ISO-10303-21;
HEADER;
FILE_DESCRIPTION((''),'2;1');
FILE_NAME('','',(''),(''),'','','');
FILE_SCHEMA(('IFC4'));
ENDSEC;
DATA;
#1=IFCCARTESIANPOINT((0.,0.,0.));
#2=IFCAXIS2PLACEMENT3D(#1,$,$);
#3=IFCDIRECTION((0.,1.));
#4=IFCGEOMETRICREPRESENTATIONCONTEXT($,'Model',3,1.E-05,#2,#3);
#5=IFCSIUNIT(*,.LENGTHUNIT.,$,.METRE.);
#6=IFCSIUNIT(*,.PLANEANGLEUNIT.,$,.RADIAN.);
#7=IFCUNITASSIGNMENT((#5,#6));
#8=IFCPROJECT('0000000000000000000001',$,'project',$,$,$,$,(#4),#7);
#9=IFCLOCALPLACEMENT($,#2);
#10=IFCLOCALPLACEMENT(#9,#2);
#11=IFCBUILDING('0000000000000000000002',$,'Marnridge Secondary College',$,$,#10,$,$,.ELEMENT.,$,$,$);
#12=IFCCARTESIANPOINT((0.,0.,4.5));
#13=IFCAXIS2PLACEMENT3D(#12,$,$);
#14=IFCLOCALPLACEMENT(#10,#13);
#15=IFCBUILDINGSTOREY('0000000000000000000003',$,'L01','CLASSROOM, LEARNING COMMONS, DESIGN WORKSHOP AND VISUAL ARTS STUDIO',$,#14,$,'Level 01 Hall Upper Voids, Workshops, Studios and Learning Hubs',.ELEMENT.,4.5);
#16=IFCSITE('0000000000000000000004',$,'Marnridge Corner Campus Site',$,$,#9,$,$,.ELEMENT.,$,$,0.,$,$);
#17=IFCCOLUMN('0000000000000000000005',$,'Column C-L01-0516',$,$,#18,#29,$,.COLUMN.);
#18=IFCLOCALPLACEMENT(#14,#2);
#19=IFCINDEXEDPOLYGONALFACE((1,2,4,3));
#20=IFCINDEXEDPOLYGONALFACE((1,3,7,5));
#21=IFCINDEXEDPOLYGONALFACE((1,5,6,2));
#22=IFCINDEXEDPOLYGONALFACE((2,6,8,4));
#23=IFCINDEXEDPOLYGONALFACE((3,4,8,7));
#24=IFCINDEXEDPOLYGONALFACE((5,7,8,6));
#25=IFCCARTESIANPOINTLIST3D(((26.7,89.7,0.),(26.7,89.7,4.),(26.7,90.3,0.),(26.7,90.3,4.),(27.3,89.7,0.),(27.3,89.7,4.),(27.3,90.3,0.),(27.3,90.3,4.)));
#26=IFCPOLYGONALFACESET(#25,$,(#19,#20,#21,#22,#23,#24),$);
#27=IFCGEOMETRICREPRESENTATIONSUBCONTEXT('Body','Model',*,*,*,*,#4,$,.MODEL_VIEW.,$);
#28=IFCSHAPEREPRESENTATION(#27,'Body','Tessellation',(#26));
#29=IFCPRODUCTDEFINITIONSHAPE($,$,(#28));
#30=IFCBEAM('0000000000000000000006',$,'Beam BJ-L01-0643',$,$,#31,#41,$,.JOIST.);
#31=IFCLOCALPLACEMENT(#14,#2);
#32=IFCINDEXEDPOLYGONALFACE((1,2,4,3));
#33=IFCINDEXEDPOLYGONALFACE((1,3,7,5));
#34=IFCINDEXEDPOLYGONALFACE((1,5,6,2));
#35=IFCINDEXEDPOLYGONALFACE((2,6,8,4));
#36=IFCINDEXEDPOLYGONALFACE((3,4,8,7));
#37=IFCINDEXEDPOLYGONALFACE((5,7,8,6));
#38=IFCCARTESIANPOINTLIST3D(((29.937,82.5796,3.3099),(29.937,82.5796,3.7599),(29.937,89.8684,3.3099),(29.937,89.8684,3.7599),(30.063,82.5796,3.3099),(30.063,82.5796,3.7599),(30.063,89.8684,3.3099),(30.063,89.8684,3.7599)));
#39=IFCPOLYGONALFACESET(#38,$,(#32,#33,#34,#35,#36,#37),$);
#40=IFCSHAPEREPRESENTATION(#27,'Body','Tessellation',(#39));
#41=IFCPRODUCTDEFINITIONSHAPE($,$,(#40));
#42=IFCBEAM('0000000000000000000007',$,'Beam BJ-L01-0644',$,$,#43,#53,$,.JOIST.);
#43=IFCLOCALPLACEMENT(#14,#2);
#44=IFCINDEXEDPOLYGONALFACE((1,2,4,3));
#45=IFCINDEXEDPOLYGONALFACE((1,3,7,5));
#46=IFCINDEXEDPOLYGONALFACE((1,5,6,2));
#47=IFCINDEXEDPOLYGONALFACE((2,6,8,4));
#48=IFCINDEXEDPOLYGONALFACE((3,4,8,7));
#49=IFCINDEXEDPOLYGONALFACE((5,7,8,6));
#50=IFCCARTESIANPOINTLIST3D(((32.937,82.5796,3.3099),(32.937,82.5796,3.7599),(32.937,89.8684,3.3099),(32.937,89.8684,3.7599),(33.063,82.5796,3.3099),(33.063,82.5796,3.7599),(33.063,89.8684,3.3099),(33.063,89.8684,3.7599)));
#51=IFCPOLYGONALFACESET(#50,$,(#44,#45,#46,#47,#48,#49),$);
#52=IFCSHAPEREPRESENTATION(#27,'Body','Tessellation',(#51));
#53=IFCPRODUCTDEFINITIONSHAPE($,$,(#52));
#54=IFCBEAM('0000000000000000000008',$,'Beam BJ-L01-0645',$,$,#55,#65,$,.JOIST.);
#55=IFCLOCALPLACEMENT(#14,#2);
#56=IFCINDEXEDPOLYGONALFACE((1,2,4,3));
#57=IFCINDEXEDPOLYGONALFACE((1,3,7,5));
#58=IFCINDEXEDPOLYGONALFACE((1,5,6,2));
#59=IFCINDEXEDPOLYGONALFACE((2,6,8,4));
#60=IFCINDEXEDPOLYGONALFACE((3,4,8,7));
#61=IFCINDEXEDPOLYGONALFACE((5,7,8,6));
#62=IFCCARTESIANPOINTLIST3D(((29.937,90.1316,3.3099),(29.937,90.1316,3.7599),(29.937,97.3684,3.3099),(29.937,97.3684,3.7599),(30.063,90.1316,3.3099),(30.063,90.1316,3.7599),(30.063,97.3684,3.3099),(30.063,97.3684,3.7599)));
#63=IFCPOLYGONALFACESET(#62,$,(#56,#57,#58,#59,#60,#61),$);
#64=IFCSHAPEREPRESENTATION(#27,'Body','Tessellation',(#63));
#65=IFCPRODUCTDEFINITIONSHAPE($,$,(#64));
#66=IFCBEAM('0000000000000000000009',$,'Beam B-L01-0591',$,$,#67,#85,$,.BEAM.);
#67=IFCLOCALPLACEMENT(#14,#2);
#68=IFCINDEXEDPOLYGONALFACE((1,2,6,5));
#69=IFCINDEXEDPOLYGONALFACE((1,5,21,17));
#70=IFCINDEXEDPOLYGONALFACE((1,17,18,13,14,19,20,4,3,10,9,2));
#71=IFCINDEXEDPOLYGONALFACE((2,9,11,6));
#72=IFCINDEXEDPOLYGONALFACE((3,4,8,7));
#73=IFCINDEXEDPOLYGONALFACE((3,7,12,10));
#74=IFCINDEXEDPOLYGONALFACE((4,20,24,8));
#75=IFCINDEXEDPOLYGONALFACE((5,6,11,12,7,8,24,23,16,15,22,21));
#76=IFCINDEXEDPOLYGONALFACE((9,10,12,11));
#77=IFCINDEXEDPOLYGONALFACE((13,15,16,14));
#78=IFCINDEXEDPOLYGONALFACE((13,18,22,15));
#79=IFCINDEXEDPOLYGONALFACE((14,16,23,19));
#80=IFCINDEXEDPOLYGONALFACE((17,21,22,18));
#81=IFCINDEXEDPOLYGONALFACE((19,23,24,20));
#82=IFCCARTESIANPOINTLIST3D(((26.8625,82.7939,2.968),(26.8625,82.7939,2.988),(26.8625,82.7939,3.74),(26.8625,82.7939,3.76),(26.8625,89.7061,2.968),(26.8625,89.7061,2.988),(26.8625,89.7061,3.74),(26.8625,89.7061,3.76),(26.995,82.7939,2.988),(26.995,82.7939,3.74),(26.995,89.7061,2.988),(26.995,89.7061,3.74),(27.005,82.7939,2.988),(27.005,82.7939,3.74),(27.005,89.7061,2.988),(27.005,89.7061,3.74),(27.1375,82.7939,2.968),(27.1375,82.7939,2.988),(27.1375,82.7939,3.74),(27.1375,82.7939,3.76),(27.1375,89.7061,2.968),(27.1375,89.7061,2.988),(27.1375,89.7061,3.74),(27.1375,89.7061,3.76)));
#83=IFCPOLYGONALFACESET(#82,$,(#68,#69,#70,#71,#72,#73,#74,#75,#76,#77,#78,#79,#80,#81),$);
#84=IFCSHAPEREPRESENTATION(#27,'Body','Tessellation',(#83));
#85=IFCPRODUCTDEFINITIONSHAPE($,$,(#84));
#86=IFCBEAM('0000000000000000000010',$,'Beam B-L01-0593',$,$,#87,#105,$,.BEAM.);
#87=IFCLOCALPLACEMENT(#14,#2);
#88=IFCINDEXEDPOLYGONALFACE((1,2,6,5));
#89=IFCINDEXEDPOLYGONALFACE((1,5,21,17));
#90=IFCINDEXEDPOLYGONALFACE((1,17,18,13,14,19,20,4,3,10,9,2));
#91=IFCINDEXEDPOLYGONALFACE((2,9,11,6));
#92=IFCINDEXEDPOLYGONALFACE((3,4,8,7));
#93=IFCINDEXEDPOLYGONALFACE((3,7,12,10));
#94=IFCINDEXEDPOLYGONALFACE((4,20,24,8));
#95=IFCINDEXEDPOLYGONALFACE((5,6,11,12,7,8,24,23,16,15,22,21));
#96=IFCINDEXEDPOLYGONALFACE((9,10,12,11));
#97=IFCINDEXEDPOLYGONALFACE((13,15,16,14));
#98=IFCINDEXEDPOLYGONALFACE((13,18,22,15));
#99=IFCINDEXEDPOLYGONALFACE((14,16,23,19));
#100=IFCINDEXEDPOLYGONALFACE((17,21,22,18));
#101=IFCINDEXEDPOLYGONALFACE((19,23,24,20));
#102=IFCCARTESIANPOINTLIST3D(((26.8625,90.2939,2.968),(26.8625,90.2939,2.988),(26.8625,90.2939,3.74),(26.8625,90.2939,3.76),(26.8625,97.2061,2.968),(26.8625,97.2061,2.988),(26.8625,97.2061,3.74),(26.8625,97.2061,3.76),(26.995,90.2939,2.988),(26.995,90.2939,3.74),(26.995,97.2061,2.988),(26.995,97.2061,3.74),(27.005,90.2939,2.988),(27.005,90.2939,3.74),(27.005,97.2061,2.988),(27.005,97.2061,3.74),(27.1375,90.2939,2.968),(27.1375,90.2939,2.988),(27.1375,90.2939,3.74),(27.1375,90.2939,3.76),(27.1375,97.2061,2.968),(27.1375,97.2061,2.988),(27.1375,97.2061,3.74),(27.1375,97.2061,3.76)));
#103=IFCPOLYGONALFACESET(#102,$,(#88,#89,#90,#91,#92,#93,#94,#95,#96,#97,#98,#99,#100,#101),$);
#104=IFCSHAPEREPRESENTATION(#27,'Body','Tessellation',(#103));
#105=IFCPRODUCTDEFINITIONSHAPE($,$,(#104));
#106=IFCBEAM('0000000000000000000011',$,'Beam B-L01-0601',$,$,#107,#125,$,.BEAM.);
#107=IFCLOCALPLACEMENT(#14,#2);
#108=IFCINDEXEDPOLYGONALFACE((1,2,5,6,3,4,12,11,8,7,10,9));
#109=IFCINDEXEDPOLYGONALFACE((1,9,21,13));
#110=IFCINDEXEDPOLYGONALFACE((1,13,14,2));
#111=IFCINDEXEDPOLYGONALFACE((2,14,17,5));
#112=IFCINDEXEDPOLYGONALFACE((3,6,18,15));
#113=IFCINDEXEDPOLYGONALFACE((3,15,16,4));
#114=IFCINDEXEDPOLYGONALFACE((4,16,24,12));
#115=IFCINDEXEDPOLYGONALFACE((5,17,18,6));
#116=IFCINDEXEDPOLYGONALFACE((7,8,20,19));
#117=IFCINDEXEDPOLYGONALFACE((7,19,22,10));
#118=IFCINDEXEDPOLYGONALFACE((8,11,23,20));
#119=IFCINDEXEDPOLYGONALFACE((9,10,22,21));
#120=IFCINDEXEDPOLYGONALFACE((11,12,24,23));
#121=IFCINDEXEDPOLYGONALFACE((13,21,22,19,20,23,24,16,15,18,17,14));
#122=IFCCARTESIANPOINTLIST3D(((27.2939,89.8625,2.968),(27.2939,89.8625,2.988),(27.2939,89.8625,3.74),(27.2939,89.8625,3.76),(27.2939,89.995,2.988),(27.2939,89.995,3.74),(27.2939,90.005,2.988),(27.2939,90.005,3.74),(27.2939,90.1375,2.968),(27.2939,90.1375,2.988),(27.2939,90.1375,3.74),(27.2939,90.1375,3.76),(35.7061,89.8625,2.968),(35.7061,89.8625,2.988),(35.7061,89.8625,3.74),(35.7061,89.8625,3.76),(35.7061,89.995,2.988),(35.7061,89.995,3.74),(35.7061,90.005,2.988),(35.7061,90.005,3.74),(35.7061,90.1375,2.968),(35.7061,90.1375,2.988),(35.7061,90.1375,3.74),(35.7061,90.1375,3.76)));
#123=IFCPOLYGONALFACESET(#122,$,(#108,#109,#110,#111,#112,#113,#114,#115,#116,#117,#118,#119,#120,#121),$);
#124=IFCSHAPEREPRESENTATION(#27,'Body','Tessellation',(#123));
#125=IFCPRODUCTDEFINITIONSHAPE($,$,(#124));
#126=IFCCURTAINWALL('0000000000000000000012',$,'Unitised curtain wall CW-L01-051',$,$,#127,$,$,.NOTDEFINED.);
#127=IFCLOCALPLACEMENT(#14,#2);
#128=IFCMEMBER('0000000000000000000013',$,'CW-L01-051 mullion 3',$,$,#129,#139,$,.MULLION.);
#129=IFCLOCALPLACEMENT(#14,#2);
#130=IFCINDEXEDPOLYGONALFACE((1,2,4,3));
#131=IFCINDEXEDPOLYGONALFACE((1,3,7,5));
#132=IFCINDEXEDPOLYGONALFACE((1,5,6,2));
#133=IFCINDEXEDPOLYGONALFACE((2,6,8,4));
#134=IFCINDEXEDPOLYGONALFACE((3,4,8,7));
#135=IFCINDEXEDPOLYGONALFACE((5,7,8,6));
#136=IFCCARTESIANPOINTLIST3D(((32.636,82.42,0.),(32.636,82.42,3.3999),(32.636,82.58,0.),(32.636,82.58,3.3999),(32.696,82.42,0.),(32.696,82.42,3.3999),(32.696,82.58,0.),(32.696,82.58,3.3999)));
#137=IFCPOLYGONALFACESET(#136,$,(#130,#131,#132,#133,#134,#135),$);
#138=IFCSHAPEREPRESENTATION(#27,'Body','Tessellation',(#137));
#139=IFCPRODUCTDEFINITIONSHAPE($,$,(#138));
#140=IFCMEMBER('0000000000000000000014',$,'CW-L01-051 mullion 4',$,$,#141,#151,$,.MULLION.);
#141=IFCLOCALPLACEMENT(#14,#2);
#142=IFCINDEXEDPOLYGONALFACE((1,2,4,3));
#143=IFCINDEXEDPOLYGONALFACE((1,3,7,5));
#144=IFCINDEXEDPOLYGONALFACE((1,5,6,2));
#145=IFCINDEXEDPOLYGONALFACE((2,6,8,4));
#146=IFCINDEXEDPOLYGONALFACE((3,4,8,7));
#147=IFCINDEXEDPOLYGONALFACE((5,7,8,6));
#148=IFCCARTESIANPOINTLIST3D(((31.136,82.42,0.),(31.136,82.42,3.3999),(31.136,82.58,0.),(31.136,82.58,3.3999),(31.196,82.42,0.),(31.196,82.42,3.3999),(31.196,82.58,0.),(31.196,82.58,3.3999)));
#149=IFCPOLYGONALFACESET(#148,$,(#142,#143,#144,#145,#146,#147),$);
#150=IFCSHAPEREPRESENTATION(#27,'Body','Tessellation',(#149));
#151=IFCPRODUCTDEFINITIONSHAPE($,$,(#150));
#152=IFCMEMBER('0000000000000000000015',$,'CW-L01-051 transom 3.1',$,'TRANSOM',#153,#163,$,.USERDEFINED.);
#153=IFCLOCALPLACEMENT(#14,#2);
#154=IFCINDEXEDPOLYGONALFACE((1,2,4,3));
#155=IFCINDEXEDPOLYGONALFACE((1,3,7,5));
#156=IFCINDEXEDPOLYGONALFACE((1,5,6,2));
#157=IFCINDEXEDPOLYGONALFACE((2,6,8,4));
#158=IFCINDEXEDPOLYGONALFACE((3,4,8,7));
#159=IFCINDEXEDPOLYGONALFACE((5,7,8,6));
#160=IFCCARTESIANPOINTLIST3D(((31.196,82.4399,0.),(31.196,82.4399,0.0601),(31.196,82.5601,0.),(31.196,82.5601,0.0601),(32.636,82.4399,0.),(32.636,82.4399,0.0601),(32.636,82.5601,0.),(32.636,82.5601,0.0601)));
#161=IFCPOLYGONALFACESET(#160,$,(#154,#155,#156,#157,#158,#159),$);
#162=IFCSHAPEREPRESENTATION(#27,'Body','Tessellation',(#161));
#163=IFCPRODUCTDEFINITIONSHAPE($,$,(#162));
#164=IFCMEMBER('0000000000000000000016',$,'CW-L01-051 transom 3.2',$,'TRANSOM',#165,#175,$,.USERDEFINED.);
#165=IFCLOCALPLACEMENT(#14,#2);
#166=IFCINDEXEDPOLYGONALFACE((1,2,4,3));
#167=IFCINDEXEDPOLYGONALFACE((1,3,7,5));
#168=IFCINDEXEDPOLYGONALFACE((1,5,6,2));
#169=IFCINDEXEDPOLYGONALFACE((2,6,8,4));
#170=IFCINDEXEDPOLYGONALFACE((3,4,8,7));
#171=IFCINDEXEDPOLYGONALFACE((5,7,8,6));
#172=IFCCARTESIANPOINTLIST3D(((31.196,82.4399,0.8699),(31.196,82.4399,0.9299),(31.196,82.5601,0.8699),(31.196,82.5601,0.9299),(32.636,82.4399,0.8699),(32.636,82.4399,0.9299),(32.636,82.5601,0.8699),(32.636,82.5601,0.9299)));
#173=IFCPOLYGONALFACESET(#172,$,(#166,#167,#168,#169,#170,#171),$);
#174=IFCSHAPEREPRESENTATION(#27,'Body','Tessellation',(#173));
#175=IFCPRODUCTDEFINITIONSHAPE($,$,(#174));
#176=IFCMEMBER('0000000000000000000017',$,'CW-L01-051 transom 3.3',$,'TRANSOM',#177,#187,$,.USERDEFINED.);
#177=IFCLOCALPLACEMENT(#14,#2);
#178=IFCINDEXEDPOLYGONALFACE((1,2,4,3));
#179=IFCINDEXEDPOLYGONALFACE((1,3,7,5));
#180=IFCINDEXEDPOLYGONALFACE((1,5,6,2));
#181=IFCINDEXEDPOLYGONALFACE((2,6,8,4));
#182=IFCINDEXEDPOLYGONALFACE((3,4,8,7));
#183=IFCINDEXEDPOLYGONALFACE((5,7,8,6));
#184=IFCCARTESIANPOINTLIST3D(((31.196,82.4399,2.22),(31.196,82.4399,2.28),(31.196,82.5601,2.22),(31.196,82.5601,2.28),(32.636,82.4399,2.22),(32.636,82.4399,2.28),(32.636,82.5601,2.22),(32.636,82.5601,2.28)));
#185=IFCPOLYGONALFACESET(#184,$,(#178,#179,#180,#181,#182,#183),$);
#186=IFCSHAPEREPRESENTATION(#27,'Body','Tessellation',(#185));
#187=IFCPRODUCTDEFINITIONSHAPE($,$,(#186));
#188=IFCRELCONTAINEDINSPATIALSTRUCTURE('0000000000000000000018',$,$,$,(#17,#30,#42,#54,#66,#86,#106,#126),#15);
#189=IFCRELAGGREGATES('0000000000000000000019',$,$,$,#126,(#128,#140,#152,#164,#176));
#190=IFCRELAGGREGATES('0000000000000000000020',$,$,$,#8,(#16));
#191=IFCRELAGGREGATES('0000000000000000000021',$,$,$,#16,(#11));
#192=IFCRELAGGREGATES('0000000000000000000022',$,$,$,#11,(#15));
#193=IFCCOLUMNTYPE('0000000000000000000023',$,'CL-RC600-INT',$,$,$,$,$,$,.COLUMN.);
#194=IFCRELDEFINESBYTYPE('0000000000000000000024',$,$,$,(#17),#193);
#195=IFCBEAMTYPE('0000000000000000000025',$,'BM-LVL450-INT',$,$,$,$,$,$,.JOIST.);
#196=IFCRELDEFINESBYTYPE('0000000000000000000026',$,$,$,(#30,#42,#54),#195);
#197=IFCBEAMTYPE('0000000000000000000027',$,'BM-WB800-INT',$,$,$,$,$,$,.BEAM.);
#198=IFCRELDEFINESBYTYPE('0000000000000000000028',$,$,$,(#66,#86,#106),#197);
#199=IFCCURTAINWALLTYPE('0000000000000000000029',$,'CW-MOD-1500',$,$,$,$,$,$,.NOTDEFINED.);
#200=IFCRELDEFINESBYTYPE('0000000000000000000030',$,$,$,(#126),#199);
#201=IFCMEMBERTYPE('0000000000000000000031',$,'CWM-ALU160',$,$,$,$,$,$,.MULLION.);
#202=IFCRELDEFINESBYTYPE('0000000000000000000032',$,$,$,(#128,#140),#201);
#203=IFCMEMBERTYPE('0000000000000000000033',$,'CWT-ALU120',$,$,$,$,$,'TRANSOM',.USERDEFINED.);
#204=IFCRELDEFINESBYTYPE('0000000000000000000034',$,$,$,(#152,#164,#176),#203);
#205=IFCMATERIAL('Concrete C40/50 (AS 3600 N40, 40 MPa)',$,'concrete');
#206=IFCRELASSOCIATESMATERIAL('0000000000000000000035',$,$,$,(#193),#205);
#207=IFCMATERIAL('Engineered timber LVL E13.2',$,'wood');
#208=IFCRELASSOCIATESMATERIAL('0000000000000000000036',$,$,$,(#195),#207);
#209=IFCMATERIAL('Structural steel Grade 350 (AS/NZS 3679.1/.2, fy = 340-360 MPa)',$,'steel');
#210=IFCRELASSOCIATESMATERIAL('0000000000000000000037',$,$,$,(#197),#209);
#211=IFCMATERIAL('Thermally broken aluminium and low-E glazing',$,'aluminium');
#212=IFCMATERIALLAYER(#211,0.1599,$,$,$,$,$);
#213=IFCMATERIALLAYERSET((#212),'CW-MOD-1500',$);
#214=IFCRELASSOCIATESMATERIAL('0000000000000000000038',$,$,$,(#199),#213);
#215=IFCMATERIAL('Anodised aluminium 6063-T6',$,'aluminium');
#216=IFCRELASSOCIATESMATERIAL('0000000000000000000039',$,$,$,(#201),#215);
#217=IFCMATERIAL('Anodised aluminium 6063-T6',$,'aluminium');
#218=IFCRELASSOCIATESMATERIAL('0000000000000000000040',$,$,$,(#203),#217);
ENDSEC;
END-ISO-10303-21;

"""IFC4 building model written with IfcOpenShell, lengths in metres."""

from ifc_helpers import new_model, si_unit, direction, frame, origin, origin_2d, place, context, subcontext, project, spatial, rectangle, i_section, extrude, material, layer, layer_set, material_profile, profile_set, type_object, element, aggregate, save


model = new_model("IFC4")

# Units and contexts
model_context = context("Model", 3, precision=1e-05, world=origin(), true_north=direction((0.0, 1.0)))
body_context = subcontext(model_context, "Body", "Model", "MODEL_VIEW")
ifc_project = project(units=[si_unit("LENGTHUNIT", "METRE"), si_unit("PLANEANGLEUNIT", "RADIAN")], contexts=[model_context])

# Site, building, storey
site_placement = place(None, origin())
site = spatial("IfcSite", under=ifc_project, at=site_placement, Name="Marnridge Corner Campus Site", CompositionType="ELEMENT", RefElevation=0.0)
building_placement = place(site_placement, origin())
building = spatial("IfcBuilding", under=site, at=building_placement, Name="Marnridge Secondary College", CompositionType="ELEMENT")
storey_placement = place(building_placement, frame((0.0, 0.0, 4.5)))
storey = spatial("IfcBuildingStorey", under=building, at=storey_placement, Name="L01", Description="CLASSROOM, LEARNING COMMONS, DESIGN WORKSHOP AND VISUAL ARTS STUDIO", LongName="Level 01 Hall Upper Voids, Workshops, Studios and Learning Hubs", CompositionType="ELEMENT", Elevation=4.5)

# Column
ifc_material_1 = material(Name="Concrete C40/50 (AS 3600 N40, 40 MPa)", Category="concrete")
ifc_material_profile_1 = material_profile(ifc_material_1, rectangle(XDim=0.6001, YDim=0.6001, at=origin_2d()), Name="RC 600x600")
ifc_profile_set_1 = profile_set([ifc_material_profile_1], Name="Concrete C40/50 (AS 3600 N40, 40 MPa)")
column_type = type_object("IfcColumnType", Name="CL-RC600-INT", PredefinedType="COLUMN", material=ifc_profile_set_1)
column_placement = place(storey_placement, frame((27.0, 90.0, 0.0), z_axis=(0.0, 0.0, 1.0), x_axis=(1.0, 0.0, 0.0)))
element("IfcColumn", 1, at=column_placement, inside=storey, type_object=column_type, Name="Column C-L01-0516", PredefinedType="COLUMN", context=body_context, shape_type="SweptSolid", body=[
    extrude(rectangle(XDim=0.6001, YDim=0.6001, at=origin_2d()), origin(), (0.0, 0.0, 1.0), 4.0),
])

# Beams
ifc_material_2 = material(Name="Engineered timber LVL E13.2", Category="wood")
ifc_material_profile_2 = material_profile(ifc_material_2, rectangle(XDim=0.126, YDim=0.45, at=origin_2d()), Name="LVL 126x450")
ifc_profile_set_2 = profile_set([ifc_material_profile_2], Name="Engineered timber LVL E13.2")
beam_type_1 = type_object("IfcBeamType", Name="BM-LVL450-INT", PredefinedType="JOIST", material=ifc_profile_set_2)
for number, where, z_axis, x_axis, name in (
    (2, (30.0, 82.5796, 3.5349), (0.0, 1.0, 0.0), (-1.0, 0.0, 0.0), "Beam BJ-L01-0643"),
    (3, (33.0, 82.5796, 3.5349), (0.0, 1.0, 0.0), (-1.0, 0.0, 0.0), "Beam BJ-L01-0644"),
):
    element("IfcBeam", number, at=place(storey_placement, frame(where, z_axis=z_axis, x_axis=x_axis)), inside=storey, type_object=beam_type_1, Name=name, PredefinedType="JOIST", context=body_context, shape_type="SweptSolid", body=[
        extrude(rectangle(XDim=0.126, YDim=0.45, at=origin_2d()), origin(), (0.0, 0.0, 1.0), 7.2888),
    ])
beam_1_placement = place(storey_placement, frame((30.0, 90.1316, 3.5349), z_axis=(0.0, 1.0, 0.0), x_axis=(-1.0, 0.0, 0.0)))
element("IfcBeam", 4, at=beam_1_placement, inside=storey, type_object=beam_type_1, Name="Beam BJ-L01-0645", PredefinedType="JOIST", context=body_context, shape_type="SweptSolid", body=[
    extrude(rectangle(XDim=0.126, YDim=0.45, at=origin_2d()), origin(), (0.0, 0.0, 1.0), 7.2368),
])
ifc_material_3 = material(Name="Structural steel Grade 350 (AS/NZS 3679.1/.2, fy = 340-360 MPa)", Category="steel")
ifc_material_profile_3 = material_profile(ifc_material_3, i_section(OverallWidth=0.2749, OverallDepth=0.792, WebThickness=0.01, FlangeThickness=0.02, at=origin_2d()), Name="800WB146")
ifc_profile_set_3 = profile_set([ifc_material_profile_3], Name="Structural steel Grade 350 (AS/NZS 3679.1/.2, fy = 340-360 MPa)")
beam_type_2 = type_object("IfcBeamType", Name="BM-WB800-INT", PredefinedType="BEAM", material=ifc_profile_set_3)
for number, where, z_axis, x_axis, name in (
    (5, (27.0, 82.7939, 3.364), (0.0, 1.0, 0.0), (-1.0, 0.0, 0.0), "Beam B-L01-0591"),
    (6, (27.0, 90.2939, 3.364), (0.0, 1.0, 0.0), (-1.0, 0.0, 0.0), "Beam B-L01-0593"),
):
    element("IfcBeam", number, at=place(storey_placement, frame(where, z_axis=z_axis, x_axis=x_axis)), inside=storey, type_object=beam_type_2, Name=name, PredefinedType="BEAM", context=body_context, shape_type="SweptSolid", body=[
        extrude(i_section(OverallWidth=0.2749, OverallDepth=0.792, WebThickness=0.01, FlangeThickness=0.02, at=origin_2d()), origin(), (0.0, 0.0, 1.0), 6.9121),
    ])
beam_2_placement = place(storey_placement, frame((27.2939, 90.0, 3.364), z_axis=(1.0, 0.0, 0.0), x_axis=(0.0, 1.0, 0.0)))
element("IfcBeam", 7, at=beam_2_placement, inside=storey, type_object=beam_type_2, Name="Beam B-L01-0601", PredefinedType="BEAM", context=body_context, shape_type="SweptSolid", body=[
    extrude(i_section(OverallWidth=0.2749, OverallDepth=0.792, WebThickness=0.01, FlangeThickness=0.02, at=origin_2d()), origin(), (0.0, 0.0, 1.0), 8.4121),
])

# Curtain wall, members
ifc_material_4 = material(Name="Thermally broken aluminium and low-E glazing", Category="aluminium")
ifc_layer_1 = layer(ifc_material_4, 0.1599)
ifc_layer_set_1 = layer_set([ifc_layer_1], Name="CW-MOD-1500")
curtain_wall_type = type_object("IfcCurtainWallType", Name="CW-MOD-1500", PredefinedType="NOTDEFINED", material=ifc_layer_set_1)
curtain_wall_placement = place(storey_placement, origin())
curtain_wall = element("IfcCurtainWall", 8, at=curtain_wall_placement, inside=storey, type_object=curtain_wall_type, Name="Unitised curtain wall CW-L01-051", PredefinedType="NOTDEFINED")
ifc_material_5 = material(Name="Anodised aluminium 6063-T6", Category="aluminium")
ifc_material_profile_4 = material_profile(ifc_material_5, rectangle(XDim=0.0601, YDim=0.1599, at=origin_2d()), Name="ALU 60x160")
ifc_profile_set_4 = profile_set([ifc_material_profile_4], Name="Anodised aluminium 6063-T6")
member_type_1 = type_object("IfcMemberType", Name="CWM-ALU160", PredefinedType="MULLION", material=ifc_profile_set_4)
member_1_placement = place(storey_placement, frame((32.666, 82.5, 0.0), z_axis=(0.0, 0.0, 1.0), x_axis=(-1.0, 0.0, 0.0)))
member_1 = element("IfcMember", 9, at=member_1_placement, type_object=member_type_1, Name="CW-L01-051 mullion 3", PredefinedType="MULLION", context=body_context, shape_type="SweptSolid", body=[
    extrude(rectangle(XDim=0.0601, YDim=0.1599, at=origin_2d()), origin(), (0.0, 0.0, 1.0), 3.3999),
])
member_2_placement = place(storey_placement, frame((31.166, 82.5, 0.0), z_axis=(0.0, 0.0, 1.0), x_axis=(-1.0, 0.0, 0.0)))
member_2 = element("IfcMember", 10, at=member_2_placement, type_object=member_type_1, Name="CW-L01-051 mullion 4", PredefinedType="MULLION", context=body_context, shape_type="SweptSolid", body=[
    extrude(rectangle(XDim=0.0601, YDim=0.1599, at=origin_2d()), origin(), (0.0, 0.0, 1.0), 3.3999),
])
ifc_material_6 = material(Name="Anodised aluminium 6063-T6", Category="aluminium")
ifc_material_profile_5 = material_profile(ifc_material_6, rectangle(XDim=0.0601, YDim=0.1201, at=origin_2d()), Name="ALU 60x120")
ifc_profile_set_5 = profile_set([ifc_material_profile_5], Name="Anodised aluminium 6063-T6")
member_type_2 = type_object("IfcMemberType", Name="CWT-ALU120", ElementType="TRANSOM", PredefinedType="USERDEFINED", material=ifc_profile_set_5)
member_3_placement = place(storey_placement, frame((32.636, 82.5, 0.03), z_axis=(-1.0, 0.0, 0.0), x_axis=(0.0, 0.0, 1.0)))
member_3 = element("IfcMember", 11, at=member_3_placement, type_object=member_type_2, Name="CW-L01-051 transom 3.1", ObjectType="TRANSOM", PredefinedType="USERDEFINED", context=body_context, shape_type="SweptSolid", body=[
    extrude(rectangle(XDim=0.0601, YDim=0.1201, at=origin_2d()), origin(), (0.0, 0.0, 1.0), 1.4399),
])
member_4_placement = place(storey_placement, frame((32.636, 82.5, 0.8999), z_axis=(-1.0, 0.0, 0.0), x_axis=(0.0, 0.0, 1.0)))
member_4 = element("IfcMember", 12, at=member_4_placement, type_object=member_type_2, Name="CW-L01-051 transom 3.2", ObjectType="TRANSOM", PredefinedType="USERDEFINED", context=body_context, shape_type="SweptSolid", body=[
    extrude(rectangle(XDim=0.0601, YDim=0.1201, at=origin_2d()), origin(), (0.0, 0.0, 1.0), 1.4399),
])
member_5_placement = place(storey_placement, frame((32.636, 82.5, 2.25), z_axis=(-1.0, 0.0, 0.0), x_axis=(0.0, 0.0, 1.0)))
member_5 = element("IfcMember", 13, at=member_5_placement, type_object=member_type_2, Name="CW-L01-051 transom 3.3", ObjectType="TRANSOM", PredefinedType="USERDEFINED", context=body_context, shape_type="SweptSolid", body=[
    extrude(rectangle(XDim=0.0601, YDim=0.1201, at=origin_2d()), origin(), (0.0, 0.0, 1.0), 1.4399),
])
aggregate(curtain_wall, [member_1, member_2, member_3, member_4, member_5])

save(model, "model.ifc")
